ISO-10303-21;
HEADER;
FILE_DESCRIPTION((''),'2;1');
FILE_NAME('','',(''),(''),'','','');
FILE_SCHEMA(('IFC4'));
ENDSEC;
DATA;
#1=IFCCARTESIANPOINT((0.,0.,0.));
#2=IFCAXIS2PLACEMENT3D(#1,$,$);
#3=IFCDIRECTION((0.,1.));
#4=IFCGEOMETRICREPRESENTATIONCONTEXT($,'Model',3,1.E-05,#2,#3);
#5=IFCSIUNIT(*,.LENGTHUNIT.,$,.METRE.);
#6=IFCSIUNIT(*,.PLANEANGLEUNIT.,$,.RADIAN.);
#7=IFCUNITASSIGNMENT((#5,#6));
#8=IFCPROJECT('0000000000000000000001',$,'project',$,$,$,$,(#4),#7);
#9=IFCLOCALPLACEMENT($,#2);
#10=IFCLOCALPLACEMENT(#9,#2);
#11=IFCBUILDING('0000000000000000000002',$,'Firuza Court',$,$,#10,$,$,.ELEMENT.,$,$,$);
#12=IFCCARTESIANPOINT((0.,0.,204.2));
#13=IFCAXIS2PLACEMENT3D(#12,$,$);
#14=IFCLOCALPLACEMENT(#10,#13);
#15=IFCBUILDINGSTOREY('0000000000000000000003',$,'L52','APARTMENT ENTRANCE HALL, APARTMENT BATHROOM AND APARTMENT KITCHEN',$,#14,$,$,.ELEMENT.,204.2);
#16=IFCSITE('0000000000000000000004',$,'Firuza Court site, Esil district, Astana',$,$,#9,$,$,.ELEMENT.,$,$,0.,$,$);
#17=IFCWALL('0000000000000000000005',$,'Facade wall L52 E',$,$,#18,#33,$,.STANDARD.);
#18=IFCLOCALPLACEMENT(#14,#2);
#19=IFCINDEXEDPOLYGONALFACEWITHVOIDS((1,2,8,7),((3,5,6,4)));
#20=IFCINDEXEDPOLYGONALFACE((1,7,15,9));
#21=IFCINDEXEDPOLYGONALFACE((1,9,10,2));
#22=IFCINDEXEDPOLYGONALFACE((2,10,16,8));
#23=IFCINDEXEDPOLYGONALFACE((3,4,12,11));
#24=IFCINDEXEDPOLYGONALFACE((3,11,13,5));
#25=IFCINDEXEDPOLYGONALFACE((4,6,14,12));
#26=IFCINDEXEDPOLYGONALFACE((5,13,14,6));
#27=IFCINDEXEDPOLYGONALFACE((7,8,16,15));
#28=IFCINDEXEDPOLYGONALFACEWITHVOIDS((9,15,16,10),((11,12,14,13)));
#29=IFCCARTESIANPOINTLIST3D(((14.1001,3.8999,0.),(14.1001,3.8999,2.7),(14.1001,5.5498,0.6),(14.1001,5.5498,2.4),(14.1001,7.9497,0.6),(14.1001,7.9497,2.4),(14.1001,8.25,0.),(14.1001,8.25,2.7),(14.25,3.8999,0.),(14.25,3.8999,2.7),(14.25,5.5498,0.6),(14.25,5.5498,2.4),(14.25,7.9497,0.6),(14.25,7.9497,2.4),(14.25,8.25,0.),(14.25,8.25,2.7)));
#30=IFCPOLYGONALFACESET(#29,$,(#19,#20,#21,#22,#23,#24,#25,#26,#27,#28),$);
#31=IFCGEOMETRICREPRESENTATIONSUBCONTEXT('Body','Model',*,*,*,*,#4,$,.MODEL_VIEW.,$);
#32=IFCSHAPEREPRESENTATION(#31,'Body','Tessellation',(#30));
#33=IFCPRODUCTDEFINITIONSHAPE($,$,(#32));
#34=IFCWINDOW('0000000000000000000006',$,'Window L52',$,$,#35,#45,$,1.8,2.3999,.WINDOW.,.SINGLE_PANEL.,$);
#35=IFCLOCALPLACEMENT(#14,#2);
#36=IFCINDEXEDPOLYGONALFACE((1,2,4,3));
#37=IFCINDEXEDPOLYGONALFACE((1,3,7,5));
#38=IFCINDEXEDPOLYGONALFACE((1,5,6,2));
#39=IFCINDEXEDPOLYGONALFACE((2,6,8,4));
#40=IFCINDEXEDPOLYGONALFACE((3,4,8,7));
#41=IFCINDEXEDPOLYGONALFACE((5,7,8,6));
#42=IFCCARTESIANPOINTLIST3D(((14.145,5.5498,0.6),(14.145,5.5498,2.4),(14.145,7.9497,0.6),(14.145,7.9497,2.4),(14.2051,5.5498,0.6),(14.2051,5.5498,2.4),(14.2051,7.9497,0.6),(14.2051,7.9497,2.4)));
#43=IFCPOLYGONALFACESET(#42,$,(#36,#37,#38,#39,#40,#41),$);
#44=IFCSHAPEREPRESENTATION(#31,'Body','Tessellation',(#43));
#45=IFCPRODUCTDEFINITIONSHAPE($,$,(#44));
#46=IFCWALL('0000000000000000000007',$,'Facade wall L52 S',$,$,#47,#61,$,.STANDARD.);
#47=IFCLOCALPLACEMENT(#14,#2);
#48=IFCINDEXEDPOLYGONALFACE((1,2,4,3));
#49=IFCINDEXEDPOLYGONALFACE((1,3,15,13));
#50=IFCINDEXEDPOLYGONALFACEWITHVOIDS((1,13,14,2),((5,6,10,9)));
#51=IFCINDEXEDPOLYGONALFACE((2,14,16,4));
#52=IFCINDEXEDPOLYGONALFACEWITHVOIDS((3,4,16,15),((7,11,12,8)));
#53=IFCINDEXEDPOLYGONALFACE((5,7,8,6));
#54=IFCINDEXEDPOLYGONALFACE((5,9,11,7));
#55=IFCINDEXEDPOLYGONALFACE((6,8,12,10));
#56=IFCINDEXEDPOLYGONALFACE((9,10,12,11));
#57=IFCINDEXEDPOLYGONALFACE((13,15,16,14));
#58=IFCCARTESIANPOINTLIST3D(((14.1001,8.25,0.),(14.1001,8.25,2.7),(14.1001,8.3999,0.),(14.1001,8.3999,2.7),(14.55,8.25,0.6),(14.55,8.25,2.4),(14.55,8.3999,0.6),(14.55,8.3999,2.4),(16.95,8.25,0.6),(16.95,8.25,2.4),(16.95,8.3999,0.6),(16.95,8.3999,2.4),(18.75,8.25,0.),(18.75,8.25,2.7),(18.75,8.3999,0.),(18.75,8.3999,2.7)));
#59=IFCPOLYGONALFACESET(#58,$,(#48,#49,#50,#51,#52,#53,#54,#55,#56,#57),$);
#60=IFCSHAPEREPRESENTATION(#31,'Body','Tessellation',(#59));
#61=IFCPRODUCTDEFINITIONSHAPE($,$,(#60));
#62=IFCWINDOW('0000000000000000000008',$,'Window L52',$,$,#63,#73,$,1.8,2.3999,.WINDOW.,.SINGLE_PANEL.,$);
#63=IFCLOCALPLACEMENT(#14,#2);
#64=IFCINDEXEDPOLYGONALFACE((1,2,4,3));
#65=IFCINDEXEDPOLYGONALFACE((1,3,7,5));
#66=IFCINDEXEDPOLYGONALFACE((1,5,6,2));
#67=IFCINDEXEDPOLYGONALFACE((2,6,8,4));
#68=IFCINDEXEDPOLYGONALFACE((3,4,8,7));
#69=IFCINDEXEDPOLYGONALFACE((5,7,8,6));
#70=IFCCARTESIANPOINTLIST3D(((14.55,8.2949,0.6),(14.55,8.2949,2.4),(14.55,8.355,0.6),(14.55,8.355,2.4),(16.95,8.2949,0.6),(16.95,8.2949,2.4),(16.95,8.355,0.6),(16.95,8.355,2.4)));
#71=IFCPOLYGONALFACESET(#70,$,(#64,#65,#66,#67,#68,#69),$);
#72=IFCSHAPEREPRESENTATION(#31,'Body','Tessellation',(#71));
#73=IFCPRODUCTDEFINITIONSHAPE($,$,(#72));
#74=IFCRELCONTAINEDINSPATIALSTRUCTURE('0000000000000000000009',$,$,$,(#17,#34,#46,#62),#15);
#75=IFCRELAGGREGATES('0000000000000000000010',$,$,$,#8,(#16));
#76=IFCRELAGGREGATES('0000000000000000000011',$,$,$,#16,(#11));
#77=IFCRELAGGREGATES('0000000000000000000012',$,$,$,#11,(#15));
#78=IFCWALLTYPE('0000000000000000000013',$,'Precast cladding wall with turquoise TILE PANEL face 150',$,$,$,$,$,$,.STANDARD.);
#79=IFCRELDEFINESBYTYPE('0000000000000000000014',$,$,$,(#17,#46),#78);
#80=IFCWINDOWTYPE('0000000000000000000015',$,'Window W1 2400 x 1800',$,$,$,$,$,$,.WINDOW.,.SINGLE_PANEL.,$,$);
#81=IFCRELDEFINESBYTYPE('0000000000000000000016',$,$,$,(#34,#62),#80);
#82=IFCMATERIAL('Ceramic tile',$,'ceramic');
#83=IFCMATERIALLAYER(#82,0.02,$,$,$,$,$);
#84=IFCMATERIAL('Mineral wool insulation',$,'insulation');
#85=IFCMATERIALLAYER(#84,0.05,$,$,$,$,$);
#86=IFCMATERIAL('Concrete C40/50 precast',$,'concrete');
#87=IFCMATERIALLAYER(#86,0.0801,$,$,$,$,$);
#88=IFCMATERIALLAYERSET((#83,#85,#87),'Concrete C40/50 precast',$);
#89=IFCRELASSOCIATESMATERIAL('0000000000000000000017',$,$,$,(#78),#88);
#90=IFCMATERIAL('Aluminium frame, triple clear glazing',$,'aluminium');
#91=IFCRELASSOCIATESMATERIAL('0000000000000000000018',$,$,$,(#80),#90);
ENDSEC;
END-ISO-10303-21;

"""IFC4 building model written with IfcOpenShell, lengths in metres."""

from ifc_helpers import new_model, si_unit, direction, frame, frame_2d, origin, place, context, subcontext, project, spatial, rectangle, extrude, material, layer, layer_set, type_object, element, fill, save


model = new_model("IFC4")

# Units and contexts
model_context = context("Model", 3, precision=1e-05, world=origin(), true_north=direction((0.0, 1.0)))
body_context = subcontext(model_context, "Body", "Model", "MODEL_VIEW")
ifc_project = project(units=[si_unit("LENGTHUNIT", "METRE"), si_unit("PLANEANGLEUNIT", "RADIAN")], contexts=[model_context])

# Site, building, storey
site_placement = place(None, origin())
site = spatial("IfcSite", under=ifc_project, at=site_placement, Name="Firuza Court site, Esil district, Astana", CompositionType="ELEMENT", RefElevation=0.0)
building_placement = place(site_placement, origin())
building = spatial("IfcBuilding", under=site, at=building_placement, Name="Firuza Court", CompositionType="ELEMENT")
storey_placement = place(building_placement, frame((0.0, 0.0, 204.2)))
storey = spatial("IfcBuildingStorey", under=building, at=storey_placement, Name="L52", Description="APARTMENT ENTRANCE HALL, APARTMENT BATHROOM AND APARTMENT KITCHEN", CompositionType="ELEMENT", Elevation=204.2)

# Shared definitions
ifc_material_1 = material(Name="Ceramic tile", Category="ceramic")
ifc_layer_1 = layer(ifc_material_1, 0.02)
ifc_material_2 = material(Name="Mineral wool insulation", Category="insulation")
ifc_layer_2 = layer(ifc_material_2, 0.05)
ifc_material_3 = material(Name="Concrete C40/50 precast", Category="concrete")
ifc_layer_3 = layer(ifc_material_3, 0.0801)
ifc_layer_set_1 = layer_set([ifc_layer_1, ifc_layer_2, ifc_layer_3], Name="Concrete C40/50 precast")
wall_type_1 = type_object("IfcWallType", Name="Precast cladding wall with turquoise TILE PANEL face 150", PredefinedType="STANDARD", material=ifc_layer_set_1)

# Walls, openings, windows
wall_1_placement = place(storey_placement, frame((14.175, 3.8999, 0.0), z_axis=(0.0, 0.0, 1.0), x_axis=(0.0, 1.0, 0.0)))
wall_1 = element("IfcWall", 1, at=wall_1_placement, inside=storey, type_object=wall_type_1, Name="Facade wall L52 E", PredefinedType="STANDARD", context=body_context, shape_type="SweptSolid", body=[
    extrude(rectangle(XDim=4.3501, YDim=0.1499, at=frame_2d((2.175, 0.0))), origin(), (0.0, 0.0, 1.0), 2.7),
])
opening_1_placement = place(wall_1_placement, frame((1.6499, 0.0, 0.6001)))
opening_1 = element("IfcOpeningElement", 2, at=opening_1_placement, cuts=wall_1, PredefinedType="OPENING", context=body_context, shape_type="SweptSolid", body=[
    extrude(rectangle(XDim=2.3999, YDim=1.8, at=frame_2d((1.2, 0.8999))), frame((0.0, 0.0869, 0.0), z_axis=(0.0, -1.0, 0.0), x_axis=(1.0, 0.0, 0.0)), (0.0, 0.0, 1.0), 0.1738),
])
ifc_material_4 = material(Name="Aluminium frame, triple clear glazing", Category="aluminium")
window_type = type_object("IfcWindowType", Name="Window W1 2400 x 1800", PartitioningType="SINGLE_PANEL", PredefinedType="WINDOW", material=ifc_material_4)
window_1_placement = place(opening_1_placement, origin())
window_1 = element("IfcWindow", 3, at=window_1_placement, inside=storey, type_object=window_type, Name="Window L52", OverallHeight=1.8, OverallWidth=2.3999, PartitioningType="SINGLE_PANEL", PredefinedType="WINDOW", context=body_context, shape_type="SweptSolid", body=[
    extrude(rectangle(XDim=2.3999, YDim=1.8, at=frame_2d((1.2, 0.8999))), frame((0.0, 0.03, 0.0), z_axis=(0.0, -1.0, 0.0), x_axis=(1.0, 0.0, 0.0)), (0.0, 0.0, 1.0), 0.0601),
])
fill(opening_1, window_1)
wall_2_placement = place(storey_placement, frame((14.1001, 8.325, 0.0), z_axis=(0.0, 0.0, 1.0), x_axis=(1.0, 0.0, 0.0)))
wall_2 = element("IfcWall", 4, at=wall_2_placement, inside=storey, type_object=wall_type_1, Name="Facade wall L52 S", PredefinedType="STANDARD", context=body_context, shape_type="SweptSolid", body=[
    extrude(rectangle(XDim=4.6499, YDim=0.1499, at=frame_2d((2.325, 0.0))), origin(), (0.0, 0.0, 1.0), 2.7),
])
opening_2_placement = place(wall_2_placement, frame((0.45, 0.0, 0.6001)))
opening_2 = element("IfcOpeningElement", 5, at=opening_2_placement, cuts=wall_2, PredefinedType="OPENING", context=body_context, shape_type="SweptSolid", body=[
    extrude(rectangle(XDim=2.3999, YDim=1.8, at=frame_2d((1.2, 0.8999))), frame((0.0, 0.0869, 0.0), z_axis=(0.0, -1.0, 0.0), x_axis=(1.0, 0.0, 0.0)), (0.0, 0.0, 1.0), 0.1738),
])
window_2_placement = place(opening_2_placement, origin())
window_2 = element("IfcWindow", 6, at=window_2_placement, inside=storey, type_object=window_type, Name="Window L52", OverallHeight=1.8, OverallWidth=2.3999, PartitioningType="SINGLE_PANEL", PredefinedType="WINDOW", context=body_context, shape_type="SweptSolid", body=[
    extrude(rectangle(XDim=2.3999, YDim=1.8, at=frame_2d((1.2, 0.8999))), frame((0.0, 0.03, 0.0), z_axis=(0.0, -1.0, 0.0), x_axis=(1.0, 0.0, 0.0)), (0.0, 0.0, 1.0), 0.0601),
])
fill(opening_2, window_2)

save(model, "model.ifc")
